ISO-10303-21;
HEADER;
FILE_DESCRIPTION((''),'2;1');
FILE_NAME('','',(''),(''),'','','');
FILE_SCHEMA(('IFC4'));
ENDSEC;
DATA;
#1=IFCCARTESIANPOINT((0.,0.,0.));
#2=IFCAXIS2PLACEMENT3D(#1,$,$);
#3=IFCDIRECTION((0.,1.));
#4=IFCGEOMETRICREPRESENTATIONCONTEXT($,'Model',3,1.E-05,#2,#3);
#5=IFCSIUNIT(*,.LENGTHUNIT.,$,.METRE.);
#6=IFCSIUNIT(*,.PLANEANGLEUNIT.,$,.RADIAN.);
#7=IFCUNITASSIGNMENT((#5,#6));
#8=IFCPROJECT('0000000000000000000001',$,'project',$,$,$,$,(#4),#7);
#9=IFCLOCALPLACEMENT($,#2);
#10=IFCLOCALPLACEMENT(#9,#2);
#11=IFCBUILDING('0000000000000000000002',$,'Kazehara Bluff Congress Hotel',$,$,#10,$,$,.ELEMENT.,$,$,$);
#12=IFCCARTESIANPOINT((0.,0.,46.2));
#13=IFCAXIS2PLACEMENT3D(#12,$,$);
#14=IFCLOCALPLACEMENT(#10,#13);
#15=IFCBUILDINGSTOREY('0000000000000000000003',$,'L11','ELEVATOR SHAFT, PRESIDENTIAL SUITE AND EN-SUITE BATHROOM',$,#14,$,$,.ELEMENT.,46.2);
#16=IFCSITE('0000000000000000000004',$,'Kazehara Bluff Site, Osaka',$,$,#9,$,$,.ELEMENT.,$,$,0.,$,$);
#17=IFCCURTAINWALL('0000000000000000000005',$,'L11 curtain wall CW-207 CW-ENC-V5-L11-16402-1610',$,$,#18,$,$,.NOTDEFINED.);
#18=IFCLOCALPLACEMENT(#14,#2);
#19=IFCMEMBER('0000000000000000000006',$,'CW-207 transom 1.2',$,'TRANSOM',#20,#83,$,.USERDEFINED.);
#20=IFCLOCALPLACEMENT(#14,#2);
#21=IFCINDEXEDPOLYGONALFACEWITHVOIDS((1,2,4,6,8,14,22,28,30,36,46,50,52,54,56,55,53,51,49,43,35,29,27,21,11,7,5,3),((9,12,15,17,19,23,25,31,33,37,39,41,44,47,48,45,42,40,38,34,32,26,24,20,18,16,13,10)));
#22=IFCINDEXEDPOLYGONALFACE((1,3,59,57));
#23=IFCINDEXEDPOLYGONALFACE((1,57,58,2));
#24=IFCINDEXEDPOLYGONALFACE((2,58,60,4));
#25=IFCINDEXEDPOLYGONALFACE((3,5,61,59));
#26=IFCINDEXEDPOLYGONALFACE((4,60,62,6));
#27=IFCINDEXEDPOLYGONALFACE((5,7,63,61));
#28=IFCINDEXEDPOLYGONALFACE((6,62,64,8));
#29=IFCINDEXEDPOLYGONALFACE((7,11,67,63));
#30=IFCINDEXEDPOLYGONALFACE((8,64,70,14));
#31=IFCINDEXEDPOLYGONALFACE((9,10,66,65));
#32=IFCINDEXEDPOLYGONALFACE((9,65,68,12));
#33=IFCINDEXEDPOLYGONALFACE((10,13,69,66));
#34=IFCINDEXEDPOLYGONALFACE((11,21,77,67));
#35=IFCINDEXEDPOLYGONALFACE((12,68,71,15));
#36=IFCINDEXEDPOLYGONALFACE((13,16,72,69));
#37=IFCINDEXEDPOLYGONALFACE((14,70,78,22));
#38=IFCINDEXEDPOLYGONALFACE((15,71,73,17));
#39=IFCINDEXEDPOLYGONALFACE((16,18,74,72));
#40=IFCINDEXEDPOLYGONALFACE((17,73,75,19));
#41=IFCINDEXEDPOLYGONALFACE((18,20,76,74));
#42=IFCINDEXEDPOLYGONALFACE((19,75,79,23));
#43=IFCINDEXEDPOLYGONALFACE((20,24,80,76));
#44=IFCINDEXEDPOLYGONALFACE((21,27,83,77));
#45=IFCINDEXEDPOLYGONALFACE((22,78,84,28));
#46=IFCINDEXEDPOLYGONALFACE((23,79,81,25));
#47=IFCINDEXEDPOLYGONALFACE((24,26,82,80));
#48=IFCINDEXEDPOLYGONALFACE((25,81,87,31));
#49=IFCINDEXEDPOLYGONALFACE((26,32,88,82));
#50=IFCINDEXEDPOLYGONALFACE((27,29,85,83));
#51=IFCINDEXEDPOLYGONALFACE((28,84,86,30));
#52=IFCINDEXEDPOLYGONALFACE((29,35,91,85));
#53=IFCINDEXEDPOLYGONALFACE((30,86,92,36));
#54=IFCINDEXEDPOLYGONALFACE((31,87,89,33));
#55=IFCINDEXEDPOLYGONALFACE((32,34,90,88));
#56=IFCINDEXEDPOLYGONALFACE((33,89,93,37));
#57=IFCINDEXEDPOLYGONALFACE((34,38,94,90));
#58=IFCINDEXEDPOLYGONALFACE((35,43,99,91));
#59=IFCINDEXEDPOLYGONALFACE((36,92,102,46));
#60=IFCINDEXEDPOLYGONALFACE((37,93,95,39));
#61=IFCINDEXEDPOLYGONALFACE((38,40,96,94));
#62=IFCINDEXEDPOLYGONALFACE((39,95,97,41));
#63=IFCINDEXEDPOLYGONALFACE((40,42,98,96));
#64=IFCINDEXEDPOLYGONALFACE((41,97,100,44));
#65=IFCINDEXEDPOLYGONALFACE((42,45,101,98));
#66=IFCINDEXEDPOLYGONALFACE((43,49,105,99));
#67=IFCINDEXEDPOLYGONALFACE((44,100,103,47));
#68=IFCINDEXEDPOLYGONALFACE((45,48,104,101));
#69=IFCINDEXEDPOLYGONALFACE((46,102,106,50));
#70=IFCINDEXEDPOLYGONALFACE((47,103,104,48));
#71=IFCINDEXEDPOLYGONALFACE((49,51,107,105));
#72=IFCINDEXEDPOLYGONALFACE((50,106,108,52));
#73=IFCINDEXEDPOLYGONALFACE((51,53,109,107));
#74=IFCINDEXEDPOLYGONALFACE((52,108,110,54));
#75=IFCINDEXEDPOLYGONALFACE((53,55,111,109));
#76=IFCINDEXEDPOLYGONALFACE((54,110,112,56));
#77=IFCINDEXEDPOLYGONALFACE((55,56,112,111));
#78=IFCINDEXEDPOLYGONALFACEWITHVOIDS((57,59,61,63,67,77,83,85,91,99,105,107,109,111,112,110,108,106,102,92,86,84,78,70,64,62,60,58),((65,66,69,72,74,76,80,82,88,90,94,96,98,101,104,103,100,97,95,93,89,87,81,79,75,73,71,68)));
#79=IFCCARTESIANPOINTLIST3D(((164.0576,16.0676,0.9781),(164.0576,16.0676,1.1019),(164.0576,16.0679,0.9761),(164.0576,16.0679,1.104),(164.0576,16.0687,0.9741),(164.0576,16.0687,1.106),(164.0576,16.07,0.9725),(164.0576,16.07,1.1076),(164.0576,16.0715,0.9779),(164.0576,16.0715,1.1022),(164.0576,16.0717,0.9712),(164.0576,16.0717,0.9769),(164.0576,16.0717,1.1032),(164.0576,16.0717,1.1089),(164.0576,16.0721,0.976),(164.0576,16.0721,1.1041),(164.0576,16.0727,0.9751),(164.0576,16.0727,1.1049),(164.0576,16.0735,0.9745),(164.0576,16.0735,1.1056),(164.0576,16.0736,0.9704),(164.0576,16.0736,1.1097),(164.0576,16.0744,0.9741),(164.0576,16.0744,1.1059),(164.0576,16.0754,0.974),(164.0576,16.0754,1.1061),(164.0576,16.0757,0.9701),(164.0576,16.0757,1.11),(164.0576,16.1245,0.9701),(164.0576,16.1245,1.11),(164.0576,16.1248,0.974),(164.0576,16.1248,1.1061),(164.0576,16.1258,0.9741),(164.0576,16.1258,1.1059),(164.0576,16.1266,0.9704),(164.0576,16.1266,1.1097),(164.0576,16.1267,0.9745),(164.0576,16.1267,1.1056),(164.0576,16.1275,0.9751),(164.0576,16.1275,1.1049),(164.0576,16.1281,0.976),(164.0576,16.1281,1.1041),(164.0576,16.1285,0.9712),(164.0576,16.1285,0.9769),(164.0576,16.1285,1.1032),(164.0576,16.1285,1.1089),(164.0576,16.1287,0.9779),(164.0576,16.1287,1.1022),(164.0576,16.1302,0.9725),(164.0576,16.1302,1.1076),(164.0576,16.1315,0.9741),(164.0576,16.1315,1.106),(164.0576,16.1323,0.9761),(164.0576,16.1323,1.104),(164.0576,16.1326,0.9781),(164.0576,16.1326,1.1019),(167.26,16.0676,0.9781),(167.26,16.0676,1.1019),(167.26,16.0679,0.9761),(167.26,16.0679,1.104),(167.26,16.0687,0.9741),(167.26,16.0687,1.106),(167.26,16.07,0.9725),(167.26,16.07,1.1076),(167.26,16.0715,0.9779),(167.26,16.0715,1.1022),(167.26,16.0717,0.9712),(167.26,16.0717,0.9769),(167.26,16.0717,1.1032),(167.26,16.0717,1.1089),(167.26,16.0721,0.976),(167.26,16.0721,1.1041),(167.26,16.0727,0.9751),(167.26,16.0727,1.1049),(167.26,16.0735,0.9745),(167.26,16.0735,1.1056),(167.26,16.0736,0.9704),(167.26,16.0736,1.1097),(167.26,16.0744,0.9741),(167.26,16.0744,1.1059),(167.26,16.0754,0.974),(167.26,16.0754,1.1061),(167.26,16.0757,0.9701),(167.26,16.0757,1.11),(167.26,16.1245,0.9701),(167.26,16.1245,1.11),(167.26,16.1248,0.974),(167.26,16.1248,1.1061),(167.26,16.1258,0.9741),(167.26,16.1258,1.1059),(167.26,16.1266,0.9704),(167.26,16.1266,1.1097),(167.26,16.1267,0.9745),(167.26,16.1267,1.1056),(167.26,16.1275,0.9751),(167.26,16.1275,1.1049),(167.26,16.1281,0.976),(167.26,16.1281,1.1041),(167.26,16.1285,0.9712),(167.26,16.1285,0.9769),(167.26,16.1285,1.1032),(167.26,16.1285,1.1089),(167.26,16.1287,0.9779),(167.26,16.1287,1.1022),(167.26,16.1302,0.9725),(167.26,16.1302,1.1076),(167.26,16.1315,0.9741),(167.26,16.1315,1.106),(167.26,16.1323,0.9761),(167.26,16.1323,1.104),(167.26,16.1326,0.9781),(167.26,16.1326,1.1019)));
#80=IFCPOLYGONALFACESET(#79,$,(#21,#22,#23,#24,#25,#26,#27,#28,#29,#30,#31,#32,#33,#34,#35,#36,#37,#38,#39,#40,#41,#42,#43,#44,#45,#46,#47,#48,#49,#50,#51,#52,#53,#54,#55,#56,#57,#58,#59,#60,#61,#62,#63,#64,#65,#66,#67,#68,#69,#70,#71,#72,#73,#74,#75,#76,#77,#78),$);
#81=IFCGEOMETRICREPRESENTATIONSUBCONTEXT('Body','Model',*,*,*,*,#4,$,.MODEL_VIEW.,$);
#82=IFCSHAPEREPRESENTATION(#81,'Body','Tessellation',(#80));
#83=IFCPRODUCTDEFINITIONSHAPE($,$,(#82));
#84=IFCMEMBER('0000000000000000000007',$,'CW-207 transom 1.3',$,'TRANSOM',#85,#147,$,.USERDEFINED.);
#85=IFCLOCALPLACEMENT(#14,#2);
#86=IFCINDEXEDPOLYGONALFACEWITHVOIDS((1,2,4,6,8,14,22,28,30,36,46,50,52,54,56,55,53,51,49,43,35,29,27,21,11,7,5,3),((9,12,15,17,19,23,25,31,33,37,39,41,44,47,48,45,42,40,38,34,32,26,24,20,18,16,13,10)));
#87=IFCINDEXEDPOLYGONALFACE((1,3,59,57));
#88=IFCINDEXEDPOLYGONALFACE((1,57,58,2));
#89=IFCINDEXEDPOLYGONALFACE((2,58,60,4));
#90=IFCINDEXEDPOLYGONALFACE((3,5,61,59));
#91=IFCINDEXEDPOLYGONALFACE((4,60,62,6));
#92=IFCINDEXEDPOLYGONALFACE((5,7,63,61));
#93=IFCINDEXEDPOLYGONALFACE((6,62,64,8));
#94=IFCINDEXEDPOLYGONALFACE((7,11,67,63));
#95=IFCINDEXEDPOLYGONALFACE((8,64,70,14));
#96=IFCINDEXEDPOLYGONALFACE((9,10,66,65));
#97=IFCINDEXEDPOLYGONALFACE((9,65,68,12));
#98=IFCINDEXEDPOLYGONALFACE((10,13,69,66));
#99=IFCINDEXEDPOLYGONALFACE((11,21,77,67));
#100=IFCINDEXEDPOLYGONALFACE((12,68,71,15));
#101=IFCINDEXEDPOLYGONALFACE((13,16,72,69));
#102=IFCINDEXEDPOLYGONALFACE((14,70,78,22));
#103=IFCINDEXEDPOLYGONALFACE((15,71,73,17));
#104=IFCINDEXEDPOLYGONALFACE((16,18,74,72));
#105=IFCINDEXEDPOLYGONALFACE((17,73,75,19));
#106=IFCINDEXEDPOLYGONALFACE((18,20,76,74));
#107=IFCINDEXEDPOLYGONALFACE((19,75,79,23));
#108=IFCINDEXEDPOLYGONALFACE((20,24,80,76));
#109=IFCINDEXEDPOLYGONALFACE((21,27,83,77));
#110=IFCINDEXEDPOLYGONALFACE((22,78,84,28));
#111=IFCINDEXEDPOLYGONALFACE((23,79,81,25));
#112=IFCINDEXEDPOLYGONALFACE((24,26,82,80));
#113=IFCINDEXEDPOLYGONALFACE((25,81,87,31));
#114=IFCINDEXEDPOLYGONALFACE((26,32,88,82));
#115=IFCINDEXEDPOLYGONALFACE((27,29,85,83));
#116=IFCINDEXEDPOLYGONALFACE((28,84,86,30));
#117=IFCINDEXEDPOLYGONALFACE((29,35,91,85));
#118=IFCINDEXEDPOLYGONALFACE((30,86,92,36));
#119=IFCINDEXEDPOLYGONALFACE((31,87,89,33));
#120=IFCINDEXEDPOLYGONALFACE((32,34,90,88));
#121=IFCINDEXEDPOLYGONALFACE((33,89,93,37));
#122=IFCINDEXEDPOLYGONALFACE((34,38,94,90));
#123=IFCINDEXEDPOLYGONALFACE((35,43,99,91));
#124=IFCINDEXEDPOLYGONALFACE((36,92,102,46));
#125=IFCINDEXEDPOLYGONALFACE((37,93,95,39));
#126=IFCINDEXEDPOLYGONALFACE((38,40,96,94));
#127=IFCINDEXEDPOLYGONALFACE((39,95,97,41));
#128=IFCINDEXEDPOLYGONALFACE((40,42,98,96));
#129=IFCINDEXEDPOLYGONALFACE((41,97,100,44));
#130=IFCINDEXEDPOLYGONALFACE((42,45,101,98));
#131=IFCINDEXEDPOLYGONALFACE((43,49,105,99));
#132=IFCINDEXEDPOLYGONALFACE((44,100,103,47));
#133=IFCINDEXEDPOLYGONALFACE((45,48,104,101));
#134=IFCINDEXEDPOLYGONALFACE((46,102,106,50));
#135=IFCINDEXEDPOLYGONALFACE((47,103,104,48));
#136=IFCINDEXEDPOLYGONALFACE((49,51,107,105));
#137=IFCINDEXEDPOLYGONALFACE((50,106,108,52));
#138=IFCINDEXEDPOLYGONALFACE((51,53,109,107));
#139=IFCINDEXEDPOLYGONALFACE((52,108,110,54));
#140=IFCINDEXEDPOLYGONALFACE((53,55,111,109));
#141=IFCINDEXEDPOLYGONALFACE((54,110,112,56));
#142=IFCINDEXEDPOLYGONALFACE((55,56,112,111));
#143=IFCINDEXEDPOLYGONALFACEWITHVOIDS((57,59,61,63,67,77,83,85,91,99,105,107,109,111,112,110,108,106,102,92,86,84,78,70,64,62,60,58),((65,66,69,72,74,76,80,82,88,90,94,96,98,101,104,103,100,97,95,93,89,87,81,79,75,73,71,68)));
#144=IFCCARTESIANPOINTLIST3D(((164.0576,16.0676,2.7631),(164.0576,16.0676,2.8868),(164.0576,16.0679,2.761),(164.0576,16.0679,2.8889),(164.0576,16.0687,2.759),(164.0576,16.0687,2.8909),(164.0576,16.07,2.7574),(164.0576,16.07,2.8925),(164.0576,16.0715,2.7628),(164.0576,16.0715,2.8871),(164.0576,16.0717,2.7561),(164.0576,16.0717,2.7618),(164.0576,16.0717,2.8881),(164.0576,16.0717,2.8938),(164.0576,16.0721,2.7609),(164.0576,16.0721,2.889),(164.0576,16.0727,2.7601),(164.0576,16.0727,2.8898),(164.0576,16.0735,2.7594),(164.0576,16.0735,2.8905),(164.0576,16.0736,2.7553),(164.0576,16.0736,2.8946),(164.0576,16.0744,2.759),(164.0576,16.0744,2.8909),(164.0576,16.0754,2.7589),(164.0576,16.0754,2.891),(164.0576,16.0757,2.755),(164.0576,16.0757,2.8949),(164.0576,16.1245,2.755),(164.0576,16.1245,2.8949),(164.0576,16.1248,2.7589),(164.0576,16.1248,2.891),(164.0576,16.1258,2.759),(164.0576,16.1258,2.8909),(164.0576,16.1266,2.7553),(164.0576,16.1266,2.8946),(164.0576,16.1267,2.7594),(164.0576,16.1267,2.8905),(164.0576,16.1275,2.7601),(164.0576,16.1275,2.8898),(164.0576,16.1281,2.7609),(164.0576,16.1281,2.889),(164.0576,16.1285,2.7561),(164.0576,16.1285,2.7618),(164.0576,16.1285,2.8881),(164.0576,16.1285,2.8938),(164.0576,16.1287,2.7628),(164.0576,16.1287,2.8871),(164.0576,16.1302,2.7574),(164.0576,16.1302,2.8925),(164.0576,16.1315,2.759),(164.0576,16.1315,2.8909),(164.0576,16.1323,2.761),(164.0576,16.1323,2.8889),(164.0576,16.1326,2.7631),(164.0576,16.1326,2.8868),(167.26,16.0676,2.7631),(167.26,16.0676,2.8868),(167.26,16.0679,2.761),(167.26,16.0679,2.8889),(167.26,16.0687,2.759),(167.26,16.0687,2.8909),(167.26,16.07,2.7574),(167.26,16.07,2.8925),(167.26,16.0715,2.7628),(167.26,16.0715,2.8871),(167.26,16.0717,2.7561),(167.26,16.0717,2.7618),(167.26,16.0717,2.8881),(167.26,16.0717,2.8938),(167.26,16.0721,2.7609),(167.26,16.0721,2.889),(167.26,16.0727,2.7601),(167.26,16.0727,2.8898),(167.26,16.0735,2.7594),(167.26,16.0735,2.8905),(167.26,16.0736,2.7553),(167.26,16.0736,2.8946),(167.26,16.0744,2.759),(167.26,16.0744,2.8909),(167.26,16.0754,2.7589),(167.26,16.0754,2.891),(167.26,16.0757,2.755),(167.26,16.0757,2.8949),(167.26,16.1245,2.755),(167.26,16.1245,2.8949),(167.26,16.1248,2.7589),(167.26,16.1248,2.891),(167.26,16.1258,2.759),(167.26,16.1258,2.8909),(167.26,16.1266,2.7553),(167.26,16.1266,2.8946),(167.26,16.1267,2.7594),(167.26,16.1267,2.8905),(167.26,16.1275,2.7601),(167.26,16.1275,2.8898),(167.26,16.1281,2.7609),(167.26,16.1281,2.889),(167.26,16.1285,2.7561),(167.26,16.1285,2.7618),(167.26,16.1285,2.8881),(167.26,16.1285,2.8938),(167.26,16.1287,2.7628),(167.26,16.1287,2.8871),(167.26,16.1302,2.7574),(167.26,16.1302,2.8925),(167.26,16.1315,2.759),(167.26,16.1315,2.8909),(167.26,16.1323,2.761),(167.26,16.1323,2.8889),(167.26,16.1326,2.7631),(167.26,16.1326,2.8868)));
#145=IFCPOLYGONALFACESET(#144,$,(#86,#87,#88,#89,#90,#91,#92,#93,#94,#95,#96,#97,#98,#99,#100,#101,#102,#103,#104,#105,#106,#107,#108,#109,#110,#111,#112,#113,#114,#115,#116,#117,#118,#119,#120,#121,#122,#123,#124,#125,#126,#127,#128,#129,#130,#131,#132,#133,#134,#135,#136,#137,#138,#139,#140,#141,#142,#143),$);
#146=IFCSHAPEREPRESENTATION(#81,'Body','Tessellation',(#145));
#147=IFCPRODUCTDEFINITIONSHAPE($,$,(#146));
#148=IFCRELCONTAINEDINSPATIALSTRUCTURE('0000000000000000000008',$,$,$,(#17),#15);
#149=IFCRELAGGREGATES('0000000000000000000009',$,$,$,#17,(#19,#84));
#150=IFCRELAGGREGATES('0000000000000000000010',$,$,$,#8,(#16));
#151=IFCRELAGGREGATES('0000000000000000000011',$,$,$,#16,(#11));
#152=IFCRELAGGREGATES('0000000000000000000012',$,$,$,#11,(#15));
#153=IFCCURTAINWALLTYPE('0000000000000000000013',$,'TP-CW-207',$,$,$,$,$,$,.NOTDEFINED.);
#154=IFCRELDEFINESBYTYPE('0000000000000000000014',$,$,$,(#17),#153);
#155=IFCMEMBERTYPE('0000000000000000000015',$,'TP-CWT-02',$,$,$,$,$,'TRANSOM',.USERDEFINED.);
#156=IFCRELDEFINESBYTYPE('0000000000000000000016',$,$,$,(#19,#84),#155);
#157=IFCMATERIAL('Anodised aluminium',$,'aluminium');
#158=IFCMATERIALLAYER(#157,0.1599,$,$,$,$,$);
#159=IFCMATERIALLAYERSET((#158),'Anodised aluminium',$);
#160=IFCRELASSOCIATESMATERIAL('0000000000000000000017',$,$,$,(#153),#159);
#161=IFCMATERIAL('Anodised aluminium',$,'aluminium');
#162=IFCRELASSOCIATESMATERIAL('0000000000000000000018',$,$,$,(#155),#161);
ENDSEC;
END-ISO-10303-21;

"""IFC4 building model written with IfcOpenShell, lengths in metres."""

from ifc_helpers import new_model, si_unit, direction, frame, origin, origin_2d, place, context, subcontext, project, spatial, hollow_rectangle, extrude, material, layer, layer_set, material_profile, profile_set, type_object, element, aggregate, save


model = new_model("IFC4")

# Units and contexts
model_context = context("Model", 3, precision=1e-05, world=origin(), true_north=direction((0.0, 1.0)))
body_context = subcontext(model_context, "Body", "Model", "MODEL_VIEW")
ifc_project = project(units=[si_unit("LENGTHUNIT", "METRE"), si_unit("PLANEANGLEUNIT", "RADIAN")], contexts=[model_context])

# Site, building, storey
site_placement = place(None, origin())
site = spatial("IfcSite", under=ifc_project, at=site_placement, Name="Kazehara Bluff Site, Osaka", CompositionType="ELEMENT", RefElevation=0.0)
building_placement = place(site_placement, origin())
building = spatial("IfcBuilding", under=site, at=building_placement, Name="Kazehara Bluff Congress Hotel", CompositionType="ELEMENT")
storey_placement = place(building_placement, frame((0.0, 0.0, 46.2)))
storey = spatial("IfcBuildingStorey", under=building, at=storey_placement, Name="L11", Description="ELEVATOR SHAFT, PRESIDENTIAL SUITE AND EN-SUITE BATHROOM", CompositionType="ELEMENT", Elevation=46.2)

# Curtain wall
ifc_material_1 = material(Name="Anodised aluminium", Category="aluminium")
ifc_layer_1 = layer(ifc_material_1, 0.1599)
ifc_layer_set_1 = layer_set([ifc_layer_1], Name="Anodised aluminium")
curtain_wall_type_1 = type_object("IfcCurtainWallType", Name="TP-CW-207", PredefinedType="NOTDEFINED", material=ifc_layer_set_1)
curtain_wall_1_placement = place(storey_placement, origin())
curtain_wall_1 = element("IfcCurtainWall", 1, at=curtain_wall_1_placement, inside=storey, type_object=curtain_wall_type_1, Name="L11 curtain wall CW-207 CW-ENC-V5-L11-16402-1610", PredefinedType="NOTDEFINED")

# Members
ifc_material_2 = material(Name="Anodised aluminium", Category="aluminium")
ifc_material_profile_1 = material_profile(ifc_material_2, hollow_rectangle(XDim=0.0649, YDim=0.1399, WallThickness=0.0039, InnerFilletRadius=0.0039, OuterFilletRadius=0.0081, at=origin_2d()))
ifc_profile_set_1 = profile_set([ifc_material_profile_1], Name="Anodised aluminium")
member_type_1 = type_object("IfcMemberType", Name="TP-CWT-02", ElementType="TRANSOM", PredefinedType="USERDEFINED", material=ifc_profile_set_1)
member_1_placement = place(storey_placement, frame((167.26, 16.1001, 1.04), z_axis=(-1.0, 0.0, 0.0), x_axis=(0.0, -1.0, 0.0)))
member_1 = element("IfcMember", 2, at=member_1_placement, type_object=member_type_1, Name="CW-207 transom 1.2", ObjectType="TRANSOM", PredefinedType="USERDEFINED", context=body_context, shape_type="SweptSolid", body=[
    extrude(hollow_rectangle(XDim=0.0649, YDim=0.1399, WallThickness=0.0039, InnerFilletRadius=0.0039, OuterFilletRadius=0.0081, at=origin_2d()), origin(), (0.0, 0.0, 1.0), 3.2024),
])
member_2_placement = place(storey_placement, frame((167.26, 16.1001, 2.825), z_axis=(-1.0, 0.0, 0.0), x_axis=(0.0, -1.0, 0.0)))
member_2 = element("IfcMember", 3, at=member_2_placement, type_object=member_type_1, Name="CW-207 transom 1.3", ObjectType="TRANSOM", PredefinedType="USERDEFINED", context=body_context, shape_type="SweptSolid", body=[
    extrude(hollow_rectangle(XDim=0.0649, YDim=0.1399, WallThickness=0.0039, InnerFilletRadius=0.0039, OuterFilletRadius=0.0081, at=origin_2d()), origin(), (0.0, 0.0, 1.0), 3.2024),
])

aggregate(curtain_wall_1, [member_1, member_2])

save(model, "model.ifc")
